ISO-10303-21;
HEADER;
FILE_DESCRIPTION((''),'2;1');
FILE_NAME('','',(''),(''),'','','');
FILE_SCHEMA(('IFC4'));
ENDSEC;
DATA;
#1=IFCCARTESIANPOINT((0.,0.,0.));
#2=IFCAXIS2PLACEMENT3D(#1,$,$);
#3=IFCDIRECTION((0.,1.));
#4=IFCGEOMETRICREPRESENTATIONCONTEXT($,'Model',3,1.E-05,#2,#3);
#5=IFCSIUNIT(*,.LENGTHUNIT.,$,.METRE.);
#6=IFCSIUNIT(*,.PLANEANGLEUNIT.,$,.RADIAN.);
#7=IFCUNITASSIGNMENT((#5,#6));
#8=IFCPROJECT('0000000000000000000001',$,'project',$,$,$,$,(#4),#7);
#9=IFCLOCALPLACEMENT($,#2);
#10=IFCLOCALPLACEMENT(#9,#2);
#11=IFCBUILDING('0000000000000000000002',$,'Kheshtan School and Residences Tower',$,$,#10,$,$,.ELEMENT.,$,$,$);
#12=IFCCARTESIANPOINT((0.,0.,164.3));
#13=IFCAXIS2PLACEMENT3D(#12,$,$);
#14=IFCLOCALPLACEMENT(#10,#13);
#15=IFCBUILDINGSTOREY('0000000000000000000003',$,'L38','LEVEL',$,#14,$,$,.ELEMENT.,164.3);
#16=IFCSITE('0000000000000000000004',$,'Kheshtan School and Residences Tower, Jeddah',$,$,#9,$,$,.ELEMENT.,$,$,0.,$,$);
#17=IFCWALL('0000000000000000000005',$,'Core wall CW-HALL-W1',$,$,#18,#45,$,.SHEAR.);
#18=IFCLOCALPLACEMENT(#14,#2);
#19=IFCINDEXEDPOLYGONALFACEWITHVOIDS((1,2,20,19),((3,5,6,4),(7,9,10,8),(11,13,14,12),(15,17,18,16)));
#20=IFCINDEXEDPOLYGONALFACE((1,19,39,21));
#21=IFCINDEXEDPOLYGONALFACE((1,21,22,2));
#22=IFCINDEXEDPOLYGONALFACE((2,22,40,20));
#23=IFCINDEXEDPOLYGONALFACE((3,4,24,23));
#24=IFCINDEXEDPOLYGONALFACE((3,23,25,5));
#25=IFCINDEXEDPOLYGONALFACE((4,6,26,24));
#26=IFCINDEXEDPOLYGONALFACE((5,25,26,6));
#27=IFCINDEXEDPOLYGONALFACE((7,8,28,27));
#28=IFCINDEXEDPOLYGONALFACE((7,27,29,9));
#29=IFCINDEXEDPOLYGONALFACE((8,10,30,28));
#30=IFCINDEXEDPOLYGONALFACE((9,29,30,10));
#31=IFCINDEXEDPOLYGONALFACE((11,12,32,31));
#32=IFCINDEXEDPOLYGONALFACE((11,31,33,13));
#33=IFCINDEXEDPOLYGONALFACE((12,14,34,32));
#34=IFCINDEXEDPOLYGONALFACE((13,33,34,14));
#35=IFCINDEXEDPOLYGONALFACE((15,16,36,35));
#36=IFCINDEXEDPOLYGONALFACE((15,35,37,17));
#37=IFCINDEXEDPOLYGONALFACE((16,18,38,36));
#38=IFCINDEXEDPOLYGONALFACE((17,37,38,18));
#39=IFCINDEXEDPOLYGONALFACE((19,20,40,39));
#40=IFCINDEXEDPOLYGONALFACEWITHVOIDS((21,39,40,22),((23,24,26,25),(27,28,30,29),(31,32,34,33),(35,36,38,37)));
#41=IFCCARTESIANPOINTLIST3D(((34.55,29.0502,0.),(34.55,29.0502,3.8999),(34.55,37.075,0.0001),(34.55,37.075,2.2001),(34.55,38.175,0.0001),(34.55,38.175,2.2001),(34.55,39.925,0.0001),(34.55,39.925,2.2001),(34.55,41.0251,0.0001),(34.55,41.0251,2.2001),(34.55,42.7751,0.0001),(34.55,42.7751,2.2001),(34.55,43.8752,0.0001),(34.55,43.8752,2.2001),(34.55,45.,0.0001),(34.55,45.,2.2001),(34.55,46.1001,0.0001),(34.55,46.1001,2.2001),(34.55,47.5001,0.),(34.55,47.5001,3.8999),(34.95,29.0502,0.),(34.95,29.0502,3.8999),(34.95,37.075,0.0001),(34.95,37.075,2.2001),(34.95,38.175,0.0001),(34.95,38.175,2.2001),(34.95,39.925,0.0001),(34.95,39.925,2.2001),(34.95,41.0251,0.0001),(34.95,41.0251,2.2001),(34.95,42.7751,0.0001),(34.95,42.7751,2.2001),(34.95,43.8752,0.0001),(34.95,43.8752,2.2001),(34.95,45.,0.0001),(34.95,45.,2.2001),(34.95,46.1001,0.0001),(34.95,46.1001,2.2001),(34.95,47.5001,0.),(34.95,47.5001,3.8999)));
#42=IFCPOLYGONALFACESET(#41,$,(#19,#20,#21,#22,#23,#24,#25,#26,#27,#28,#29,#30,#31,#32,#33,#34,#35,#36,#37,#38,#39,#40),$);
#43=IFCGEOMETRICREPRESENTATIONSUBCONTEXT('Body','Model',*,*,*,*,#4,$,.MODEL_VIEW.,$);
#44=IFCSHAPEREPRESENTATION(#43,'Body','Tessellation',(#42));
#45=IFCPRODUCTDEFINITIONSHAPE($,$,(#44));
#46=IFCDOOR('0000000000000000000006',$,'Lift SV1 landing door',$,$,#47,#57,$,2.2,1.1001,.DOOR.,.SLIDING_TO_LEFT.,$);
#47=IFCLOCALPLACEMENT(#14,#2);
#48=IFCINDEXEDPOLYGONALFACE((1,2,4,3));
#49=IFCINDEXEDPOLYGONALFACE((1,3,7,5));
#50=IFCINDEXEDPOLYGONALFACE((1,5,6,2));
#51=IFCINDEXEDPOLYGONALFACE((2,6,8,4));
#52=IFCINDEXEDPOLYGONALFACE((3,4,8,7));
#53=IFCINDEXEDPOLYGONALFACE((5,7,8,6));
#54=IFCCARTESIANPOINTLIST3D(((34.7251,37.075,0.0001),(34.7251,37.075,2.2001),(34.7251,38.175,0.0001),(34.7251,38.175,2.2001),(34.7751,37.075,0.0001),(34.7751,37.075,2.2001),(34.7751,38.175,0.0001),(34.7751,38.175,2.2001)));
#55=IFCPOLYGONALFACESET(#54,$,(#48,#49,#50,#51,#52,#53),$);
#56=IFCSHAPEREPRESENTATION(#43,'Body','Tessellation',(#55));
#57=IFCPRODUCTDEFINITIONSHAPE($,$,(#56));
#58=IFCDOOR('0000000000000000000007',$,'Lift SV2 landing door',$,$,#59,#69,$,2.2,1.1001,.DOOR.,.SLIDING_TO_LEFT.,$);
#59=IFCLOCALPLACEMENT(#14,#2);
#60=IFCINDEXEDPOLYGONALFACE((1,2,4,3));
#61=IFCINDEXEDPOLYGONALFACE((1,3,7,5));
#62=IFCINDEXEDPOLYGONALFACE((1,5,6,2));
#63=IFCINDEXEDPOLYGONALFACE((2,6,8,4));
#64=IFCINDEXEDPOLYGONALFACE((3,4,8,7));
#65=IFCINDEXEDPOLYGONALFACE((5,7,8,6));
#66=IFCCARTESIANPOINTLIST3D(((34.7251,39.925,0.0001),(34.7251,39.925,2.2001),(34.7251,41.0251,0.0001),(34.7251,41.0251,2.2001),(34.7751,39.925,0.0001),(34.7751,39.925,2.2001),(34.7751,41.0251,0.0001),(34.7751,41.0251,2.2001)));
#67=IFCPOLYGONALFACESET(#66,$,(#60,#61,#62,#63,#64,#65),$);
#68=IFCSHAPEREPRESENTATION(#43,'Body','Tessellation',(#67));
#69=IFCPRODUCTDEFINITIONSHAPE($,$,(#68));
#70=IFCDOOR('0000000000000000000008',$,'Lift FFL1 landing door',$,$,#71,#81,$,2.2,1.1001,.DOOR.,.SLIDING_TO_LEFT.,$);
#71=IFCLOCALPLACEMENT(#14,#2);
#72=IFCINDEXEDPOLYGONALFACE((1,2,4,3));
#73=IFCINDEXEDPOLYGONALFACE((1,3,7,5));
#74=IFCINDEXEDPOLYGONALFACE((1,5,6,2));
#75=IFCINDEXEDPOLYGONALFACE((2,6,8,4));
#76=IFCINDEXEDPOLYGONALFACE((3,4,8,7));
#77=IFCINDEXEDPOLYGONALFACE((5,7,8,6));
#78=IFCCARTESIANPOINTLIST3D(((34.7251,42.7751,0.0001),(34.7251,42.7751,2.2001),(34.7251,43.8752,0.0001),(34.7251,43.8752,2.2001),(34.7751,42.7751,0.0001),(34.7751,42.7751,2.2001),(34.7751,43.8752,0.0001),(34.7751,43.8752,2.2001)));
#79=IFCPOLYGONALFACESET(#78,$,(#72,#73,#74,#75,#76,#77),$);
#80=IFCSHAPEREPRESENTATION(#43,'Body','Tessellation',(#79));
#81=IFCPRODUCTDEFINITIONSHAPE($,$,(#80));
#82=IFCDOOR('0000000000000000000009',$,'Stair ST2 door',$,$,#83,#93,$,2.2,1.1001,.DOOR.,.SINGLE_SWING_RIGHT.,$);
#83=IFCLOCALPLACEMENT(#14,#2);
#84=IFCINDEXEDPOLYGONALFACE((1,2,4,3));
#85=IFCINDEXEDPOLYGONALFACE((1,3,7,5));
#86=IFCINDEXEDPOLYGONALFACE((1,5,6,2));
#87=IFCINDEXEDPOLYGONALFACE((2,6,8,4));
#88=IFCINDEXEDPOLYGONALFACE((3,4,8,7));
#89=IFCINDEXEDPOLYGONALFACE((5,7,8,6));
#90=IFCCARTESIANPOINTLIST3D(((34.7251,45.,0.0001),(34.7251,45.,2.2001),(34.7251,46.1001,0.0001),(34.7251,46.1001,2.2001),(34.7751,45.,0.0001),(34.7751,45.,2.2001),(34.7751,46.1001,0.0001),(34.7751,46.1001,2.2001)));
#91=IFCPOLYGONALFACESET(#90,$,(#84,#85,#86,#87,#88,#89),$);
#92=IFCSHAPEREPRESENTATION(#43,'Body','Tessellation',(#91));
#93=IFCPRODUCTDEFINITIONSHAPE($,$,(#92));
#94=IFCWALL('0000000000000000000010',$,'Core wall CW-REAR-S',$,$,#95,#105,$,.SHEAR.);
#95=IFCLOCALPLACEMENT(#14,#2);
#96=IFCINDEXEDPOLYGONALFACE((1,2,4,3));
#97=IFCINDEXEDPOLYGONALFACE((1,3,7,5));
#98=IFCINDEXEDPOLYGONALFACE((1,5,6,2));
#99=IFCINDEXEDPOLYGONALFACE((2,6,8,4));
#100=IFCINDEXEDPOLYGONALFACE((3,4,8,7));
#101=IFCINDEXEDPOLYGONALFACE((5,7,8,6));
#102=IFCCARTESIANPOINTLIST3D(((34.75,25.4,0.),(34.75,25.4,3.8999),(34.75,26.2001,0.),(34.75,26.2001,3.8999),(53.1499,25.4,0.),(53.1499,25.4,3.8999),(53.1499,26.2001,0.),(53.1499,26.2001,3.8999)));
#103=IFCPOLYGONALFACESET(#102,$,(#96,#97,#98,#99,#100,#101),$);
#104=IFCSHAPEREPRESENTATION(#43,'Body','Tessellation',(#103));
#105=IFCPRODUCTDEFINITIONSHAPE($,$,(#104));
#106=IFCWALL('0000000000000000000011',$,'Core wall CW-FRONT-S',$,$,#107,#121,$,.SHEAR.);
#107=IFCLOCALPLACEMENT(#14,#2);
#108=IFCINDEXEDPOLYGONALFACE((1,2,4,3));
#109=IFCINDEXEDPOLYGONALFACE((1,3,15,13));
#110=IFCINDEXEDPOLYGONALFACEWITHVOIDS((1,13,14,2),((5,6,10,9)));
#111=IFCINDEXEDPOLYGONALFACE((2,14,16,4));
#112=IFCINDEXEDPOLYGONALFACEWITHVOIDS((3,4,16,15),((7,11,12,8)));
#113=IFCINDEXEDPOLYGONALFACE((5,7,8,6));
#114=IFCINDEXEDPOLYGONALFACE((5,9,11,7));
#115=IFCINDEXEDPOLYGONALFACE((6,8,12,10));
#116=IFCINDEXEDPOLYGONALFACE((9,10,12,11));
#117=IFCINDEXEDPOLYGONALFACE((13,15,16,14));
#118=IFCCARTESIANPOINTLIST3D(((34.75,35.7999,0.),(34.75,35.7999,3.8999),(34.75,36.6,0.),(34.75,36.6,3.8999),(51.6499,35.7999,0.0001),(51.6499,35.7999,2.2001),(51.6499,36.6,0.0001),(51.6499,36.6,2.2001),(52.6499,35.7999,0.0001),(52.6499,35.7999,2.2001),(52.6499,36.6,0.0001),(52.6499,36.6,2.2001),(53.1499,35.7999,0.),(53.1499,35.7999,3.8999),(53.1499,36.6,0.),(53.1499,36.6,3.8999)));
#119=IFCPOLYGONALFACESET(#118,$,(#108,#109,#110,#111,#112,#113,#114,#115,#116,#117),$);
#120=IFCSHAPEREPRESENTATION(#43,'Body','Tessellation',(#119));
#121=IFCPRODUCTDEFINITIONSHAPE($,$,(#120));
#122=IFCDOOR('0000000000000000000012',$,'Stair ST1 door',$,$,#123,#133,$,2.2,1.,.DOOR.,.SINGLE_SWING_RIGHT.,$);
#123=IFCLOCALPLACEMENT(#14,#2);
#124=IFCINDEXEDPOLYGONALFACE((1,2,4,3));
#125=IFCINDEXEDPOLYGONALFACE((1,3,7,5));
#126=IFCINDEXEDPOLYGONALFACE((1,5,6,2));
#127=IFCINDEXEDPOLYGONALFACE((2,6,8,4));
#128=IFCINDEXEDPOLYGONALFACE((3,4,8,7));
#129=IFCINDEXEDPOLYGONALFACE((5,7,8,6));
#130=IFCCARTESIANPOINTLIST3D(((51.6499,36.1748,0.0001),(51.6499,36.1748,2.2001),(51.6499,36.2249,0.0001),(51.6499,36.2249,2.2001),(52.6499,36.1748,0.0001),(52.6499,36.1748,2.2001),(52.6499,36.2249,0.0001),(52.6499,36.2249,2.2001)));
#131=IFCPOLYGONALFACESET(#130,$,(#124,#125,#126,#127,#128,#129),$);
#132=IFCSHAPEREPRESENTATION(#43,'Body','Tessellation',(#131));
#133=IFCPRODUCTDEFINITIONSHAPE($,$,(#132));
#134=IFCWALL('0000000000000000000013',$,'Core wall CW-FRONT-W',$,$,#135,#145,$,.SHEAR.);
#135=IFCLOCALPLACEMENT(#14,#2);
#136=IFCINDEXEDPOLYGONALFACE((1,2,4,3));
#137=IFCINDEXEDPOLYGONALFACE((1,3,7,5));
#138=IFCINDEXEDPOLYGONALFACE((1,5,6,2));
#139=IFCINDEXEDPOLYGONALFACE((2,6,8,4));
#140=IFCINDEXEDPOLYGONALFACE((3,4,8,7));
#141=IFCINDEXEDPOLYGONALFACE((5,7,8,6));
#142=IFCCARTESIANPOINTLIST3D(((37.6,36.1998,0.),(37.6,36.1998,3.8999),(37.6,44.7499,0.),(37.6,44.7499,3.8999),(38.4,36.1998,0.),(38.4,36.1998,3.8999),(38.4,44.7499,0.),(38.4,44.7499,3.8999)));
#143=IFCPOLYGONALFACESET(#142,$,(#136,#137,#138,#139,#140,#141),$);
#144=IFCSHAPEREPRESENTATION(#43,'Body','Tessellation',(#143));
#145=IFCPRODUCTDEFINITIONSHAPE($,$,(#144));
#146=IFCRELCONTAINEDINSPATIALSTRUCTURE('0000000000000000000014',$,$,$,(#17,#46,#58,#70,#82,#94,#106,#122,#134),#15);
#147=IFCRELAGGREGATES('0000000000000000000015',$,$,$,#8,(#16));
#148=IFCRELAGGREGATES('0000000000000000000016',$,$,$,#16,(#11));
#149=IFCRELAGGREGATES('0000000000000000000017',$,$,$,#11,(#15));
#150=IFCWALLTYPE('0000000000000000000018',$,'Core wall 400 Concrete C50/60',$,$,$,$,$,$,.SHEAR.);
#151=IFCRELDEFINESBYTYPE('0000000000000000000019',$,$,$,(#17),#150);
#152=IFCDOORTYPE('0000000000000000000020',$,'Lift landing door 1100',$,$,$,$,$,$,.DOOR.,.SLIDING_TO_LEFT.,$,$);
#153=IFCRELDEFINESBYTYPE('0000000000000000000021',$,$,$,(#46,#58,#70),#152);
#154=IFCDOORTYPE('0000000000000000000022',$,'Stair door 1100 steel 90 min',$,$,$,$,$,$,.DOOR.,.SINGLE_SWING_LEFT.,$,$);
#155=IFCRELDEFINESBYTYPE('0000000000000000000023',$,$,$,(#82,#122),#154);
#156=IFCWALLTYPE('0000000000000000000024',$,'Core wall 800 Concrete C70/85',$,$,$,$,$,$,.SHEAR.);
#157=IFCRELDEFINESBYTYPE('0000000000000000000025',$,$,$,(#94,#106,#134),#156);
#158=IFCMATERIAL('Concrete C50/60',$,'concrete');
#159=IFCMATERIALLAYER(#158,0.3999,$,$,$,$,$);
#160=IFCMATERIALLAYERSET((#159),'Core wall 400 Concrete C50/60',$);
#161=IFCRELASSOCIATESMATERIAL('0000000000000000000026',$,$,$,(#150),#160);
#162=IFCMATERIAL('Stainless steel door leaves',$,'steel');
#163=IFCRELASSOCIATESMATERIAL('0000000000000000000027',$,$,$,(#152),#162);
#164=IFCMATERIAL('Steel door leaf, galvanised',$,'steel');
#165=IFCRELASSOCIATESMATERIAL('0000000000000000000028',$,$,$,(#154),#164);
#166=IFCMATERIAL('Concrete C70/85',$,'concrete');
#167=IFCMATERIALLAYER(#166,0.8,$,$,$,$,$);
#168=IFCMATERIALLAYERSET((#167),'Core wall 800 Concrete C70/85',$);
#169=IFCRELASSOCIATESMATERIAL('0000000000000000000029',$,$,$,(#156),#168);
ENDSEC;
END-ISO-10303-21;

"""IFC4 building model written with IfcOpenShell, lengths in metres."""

from ifc_helpers import new_model, si_unit, direction, frame, frame_2d, origin, place, context, subcontext, project, spatial, rectangle, extrude, source, transform, mapped, material, layer, layer_set, type_object, element, fill, save


model = new_model("IFC4")

# Units and contexts
model_context = context("Model", 3, precision=1e-05, world=origin(), true_north=direction((0.0, 1.0)))
body_context = subcontext(model_context, "Body", "Model", "MODEL_VIEW")
ifc_project = project(units=[si_unit("LENGTHUNIT", "METRE"), si_unit("PLANEANGLEUNIT", "RADIAN")], contexts=[model_context])

# Site, building, storey
site_placement = place(None, origin())
site = spatial("IfcSite", under=ifc_project, at=site_placement, Name="Kheshtan School and Residences Tower, Jeddah", CompositionType="ELEMENT", RefElevation=0.0)
building_placement = place(site_placement, origin())
building = spatial("IfcBuilding", under=site, at=building_placement, Name="Kheshtan School and Residences Tower", CompositionType="ELEMENT")
storey_placement = place(building_placement, frame((0.0, 0.0, 164.3)))
storey = spatial("IfcBuildingStorey", under=building, at=storey_placement, Name="L38", Description="LEVEL", CompositionType="ELEMENT", Elevation=164.3)

# Shared definitions
ifc_material_1 = material(Name="Concrete C50/60", Category="concrete")
ifc_layer_1 = layer(ifc_material_1, 0.3999)
ifc_layer_set_1 = layer_set([ifc_layer_1], Name="Core wall 400 Concrete C50/60")
wall_type_1 = type_object("IfcWallType", Name="Core wall 400 Concrete C50/60", PredefinedType="SHEAR", material=ifc_layer_set_1)
ifc_material_2 = material(Name="Stainless steel door leaves", Category="steel")
door_type_1 = type_object("IfcDoorType", Name="Lift landing door 1100", OperationType="SLIDING_TO_LEFT", PredefinedType="DOOR", material=ifc_material_2)
shared_shape_1 = source(origin(), body_context, "Body", "SweptSolid", [
    extrude(rectangle(XDim=1.1001, YDim=2.2, at=frame_2d((0.55, 1.1001))), frame((0.0, 0.0249, 0.0), z_axis=(0.0, -1.0, 0.0), x_axis=(1.0, 0.0, 0.0)), (0.0, 0.0, 1.0), 0.05),
])

# Wall, openings, doors
wall_1_placement = place(storey_placement, frame((34.75, 29.05, 0.0), z_axis=(0.0, 0.0, 1.0), x_axis=(0.0, 1.0, 0.0)))
wall_1 = element("IfcWall", 1, at=wall_1_placement, inside=storey, type_object=wall_type_1, Name="Core wall CW-HALL-W1", PredefinedType="SHEAR", context=body_context, shape_type="SweptSolid", body=[
    extrude(rectangle(XDim=18.45, YDim=0.3999, at=frame_2d((9.2251, 0.0))), origin(), (0.0, 0.0, 1.0), 3.8999),
])
opening_1_placement = place(wall_1_placement, frame((8.0249, 0.0, 0.0)))
opening_1 = element("IfcOpeningElement", 2, at=opening_1_placement, cuts=wall_1, PredefinedType="OPENING", context=body_context, shape_type="SweptSolid", body=[
    extrude(rectangle(XDim=1.1001, YDim=2.2, at=frame_2d((0.55, 1.1001))), frame((0.0, 0.21, 0.0), z_axis=(0.0, -1.0, 0.0), x_axis=(1.0, 0.0, 0.0)), (0.0, 0.0, 1.0), 0.4199),
])
opening_2_placement = place(wall_1_placement, frame((10.875, 0.0, 0.0)))
opening_2 = element("IfcOpeningElement", 3, at=opening_2_placement, cuts=wall_1, PredefinedType="OPENING", context=body_context, shape_type="SweptSolid", body=[
    extrude(rectangle(XDim=1.1001, YDim=2.2, at=frame_2d((0.55, 1.1001))), frame((0.0, 0.21, 0.0), z_axis=(0.0, -1.0, 0.0), x_axis=(1.0, 0.0, 0.0)), (0.0, 0.0, 1.0), 0.4199),
])
opening_3_placement = place(wall_1_placement, frame((13.7251, 0.0, 0.0)))
opening_3 = element("IfcOpeningElement", 4, at=opening_3_placement, cuts=wall_1, PredefinedType="OPENING", context=body_context, shape_type="SweptSolid", body=[
    extrude(rectangle(XDim=1.1001, YDim=2.2, at=frame_2d((0.55, 1.1001))), frame((0.0, 0.21, 0.0), z_axis=(0.0, -1.0, 0.0), x_axis=(1.0, 0.0, 0.0)), (0.0, 0.0, 1.0), 0.4199),
])
opening_4_placement = place(wall_1_placement, frame((15.95, 0.0, 0.0)))
opening_4 = element("IfcOpeningElement", 5, at=opening_4_placement, cuts=wall_1, PredefinedType="OPENING", context=body_context, shape_type="SweptSolid", body=[
    extrude(rectangle(XDim=1.1001, YDim=2.2, at=frame_2d((0.55, 1.1001))), frame((0.0, 0.21, 0.0), z_axis=(0.0, -1.0, 0.0), x_axis=(1.0, 0.0, 0.0)), (0.0, 0.0, 1.0), 0.4199),
])
door_1_placement = place(opening_1_placement, origin())
door_1 = element("IfcDoor", 6, at=door_1_placement, inside=storey, type_object=door_type_1, Name="Lift SV1 landing door", OperationType="SLIDING_TO_LEFT", OverallHeight=2.2, OverallWidth=1.1001, PredefinedType="DOOR", context=body_context, shape_type="MappedRepresentation", body=[
    mapped(shared_shape_1, transform((0.0, 0.0, 0.0), x_axis=(1.0, 0.0, 0.0), y_axis=(0.0, 1.0, 0.0), z_axis=(0.0, 0.0, 1.0), scale=1.0)),
])
fill(opening_1, door_1)
door_2_placement = place(opening_2_placement, origin())
door_2 = element("IfcDoor", 7, at=door_2_placement, inside=storey, type_object=door_type_1, Name="Lift SV2 landing door", OperationType="SLIDING_TO_LEFT", OverallHeight=2.2, OverallWidth=1.1001, PredefinedType="DOOR", context=body_context, shape_type="MappedRepresentation", body=[
    mapped(shared_shape_1, transform((0.0, 0.0, 0.0), x_axis=(1.0, 0.0, 0.0), y_axis=(0.0, 1.0, 0.0), z_axis=(0.0, 0.0, 1.0), scale=1.0)),
])
fill(opening_2, door_2)
door_3_placement = place(opening_3_placement, origin())
door_3 = element("IfcDoor", 8, at=door_3_placement, inside=storey, type_object=door_type_1, Name="Lift FFL1 landing door", OperationType="SLIDING_TO_LEFT", OverallHeight=2.2, OverallWidth=1.1001, PredefinedType="DOOR", context=body_context, shape_type="MappedRepresentation", body=[
    mapped(shared_shape_1, transform((0.0, 0.0, 0.0), x_axis=(1.0, 0.0, 0.0), y_axis=(0.0, 1.0, 0.0), z_axis=(0.0, 0.0, 1.0), scale=1.0)),
])
fill(opening_3, door_3)
ifc_material_3 = material(Name="Steel door leaf, galvanised", Category="steel")
door_type_2 = type_object("IfcDoorType", Name="Stair door 1100 steel 90 min", OperationType="SINGLE_SWING_LEFT", PredefinedType="DOOR", material=ifc_material_3)
shared_shape_2 = source(origin(), body_context, "Body", "SweptSolid", [
    extrude(rectangle(XDim=1.1001, YDim=2.2, at=frame_2d((0.55, 1.1001))), frame((0.0, 0.0249, 0.0), z_axis=(0.0, -1.0, 0.0), x_axis=(1.0, 0.0, 0.0)), (0.0, 0.0, 1.0), 0.05),
])
door_4_placement = place(opening_4_placement, origin())
door_4 = element("IfcDoor", 9, at=door_4_placement, inside=storey, type_object=door_type_2, Name="Stair ST2 door", OperationType="SINGLE_SWING_RIGHT", OverallHeight=2.2, OverallWidth=1.1001, PredefinedType="DOOR", context=body_context, shape_type="MappedRepresentation", body=[
    mapped(shared_shape_2, transform((0.0, 0.0, 0.0), x_axis=(1.0, 0.0, 0.0), y_axis=(0.0, 1.0, 0.0), z_axis=(0.0, 0.0, 1.0), scale=1.0)),
])
fill(opening_4, door_4)

# Wall
ifc_material_4 = material(Name="Concrete C70/85", Category="concrete")
ifc_layer_2 = layer(ifc_material_4, 0.8)
ifc_layer_set_2 = layer_set([ifc_layer_2], Name="Core wall 800 Concrete C70/85")
wall_type_2 = type_object("IfcWallType", Name="Core wall 800 Concrete C70/85", PredefinedType="SHEAR", material=ifc_layer_set_2)
wall_2_placement = place(storey_placement, frame((34.75, 25.8, 0.0), z_axis=(0.0, 0.0, 1.0), x_axis=(1.0, 0.0, 0.0)))
element("IfcWall", 10, at=wall_2_placement, inside=storey, type_object=wall_type_2, Name="Core wall CW-REAR-S", PredefinedType="SHEAR", context=body_context, shape_type="SweptSolid", body=[
    extrude(rectangle(XDim=18.3999, YDim=0.8, at=frame_2d((9.2, 0.0))), origin(), (0.0, 0.0, 1.0), 3.8999),
])

# Wall, opening, door
wall_3_placement = place(storey_placement, frame((34.75, 36.2, 0.0), z_axis=(0.0, 0.0, 1.0), x_axis=(1.0, 0.0, 0.0)))
wall_3 = element("IfcWall", 11, at=wall_3_placement, inside=storey, type_object=wall_type_2, Name="Core wall CW-FRONT-S", PredefinedType="SHEAR", context=body_context, shape_type="SweptSolid", body=[
    extrude(rectangle(XDim=18.3999, YDim=0.8, at=frame_2d((9.2, 0.0))), origin(), (0.0, 0.0, 1.0), 3.8999),
])
opening_5_placement = place(wall_3_placement, frame((16.8999, 0.0, 0.0)))
opening_5 = element("IfcOpeningElement", 12, at=opening_5_placement, cuts=wall_3, PredefinedType="OPENING", context=body_context, shape_type="SweptSolid", body=[
    extrude(rectangle(XDim=1.0, YDim=2.2, at=frame_2d((0.5, 1.1001))), frame((0.0, 0.4102, 0.0), z_axis=(0.0, -1.0, 0.0), x_axis=(1.0, 0.0, 0.0)), (0.0, 0.0, 1.0), 0.8201),
])
shared_shape_3 = source(origin(), body_context, "Body", "SweptSolid", [
    extrude(rectangle(XDim=1.0, YDim=2.2, at=frame_2d((0.5, 1.1001))), frame((0.0, 0.0249, 0.0), z_axis=(0.0, -1.0, 0.0), x_axis=(1.0, 0.0, 0.0)), (0.0, 0.0, 1.0), 0.05),
])
door_5_placement = place(opening_5_placement, origin())
door_5 = element("IfcDoor", 13, at=door_5_placement, inside=storey, type_object=door_type_2, Name="Stair ST1 door", OperationType="SINGLE_SWING_RIGHT", OverallHeight=2.2, OverallWidth=1.0, PredefinedType="DOOR", context=body_context, shape_type="MappedRepresentation", body=[
    mapped(shared_shape_3, transform((0.0, 0.0, 0.0), x_axis=(1.0, 0.0, 0.0), y_axis=(0.0, 1.0, 0.0), z_axis=(0.0, 0.0, 1.0), scale=1.0)),
])
fill(opening_5, door_5)

# Wall
wall_4_placement = place(storey_placement, frame((38.0, 36.2, 0.0), z_axis=(0.0, 0.0, 1.0), x_axis=(0.0, 1.0, 0.0)))
element("IfcWall", 14, at=wall_4_placement, inside=storey, type_object=wall_type_2, Name="Core wall CW-FRONT-W", PredefinedType="SHEAR", context=body_context, shape_type="SweptSolid", body=[
    extrude(rectangle(XDim=8.55, YDim=0.8, at=frame_2d((4.2749, 0.0))), origin(), (0.0, 0.0, 1.0), 3.8999),
])

save(model, "model.ifc")
